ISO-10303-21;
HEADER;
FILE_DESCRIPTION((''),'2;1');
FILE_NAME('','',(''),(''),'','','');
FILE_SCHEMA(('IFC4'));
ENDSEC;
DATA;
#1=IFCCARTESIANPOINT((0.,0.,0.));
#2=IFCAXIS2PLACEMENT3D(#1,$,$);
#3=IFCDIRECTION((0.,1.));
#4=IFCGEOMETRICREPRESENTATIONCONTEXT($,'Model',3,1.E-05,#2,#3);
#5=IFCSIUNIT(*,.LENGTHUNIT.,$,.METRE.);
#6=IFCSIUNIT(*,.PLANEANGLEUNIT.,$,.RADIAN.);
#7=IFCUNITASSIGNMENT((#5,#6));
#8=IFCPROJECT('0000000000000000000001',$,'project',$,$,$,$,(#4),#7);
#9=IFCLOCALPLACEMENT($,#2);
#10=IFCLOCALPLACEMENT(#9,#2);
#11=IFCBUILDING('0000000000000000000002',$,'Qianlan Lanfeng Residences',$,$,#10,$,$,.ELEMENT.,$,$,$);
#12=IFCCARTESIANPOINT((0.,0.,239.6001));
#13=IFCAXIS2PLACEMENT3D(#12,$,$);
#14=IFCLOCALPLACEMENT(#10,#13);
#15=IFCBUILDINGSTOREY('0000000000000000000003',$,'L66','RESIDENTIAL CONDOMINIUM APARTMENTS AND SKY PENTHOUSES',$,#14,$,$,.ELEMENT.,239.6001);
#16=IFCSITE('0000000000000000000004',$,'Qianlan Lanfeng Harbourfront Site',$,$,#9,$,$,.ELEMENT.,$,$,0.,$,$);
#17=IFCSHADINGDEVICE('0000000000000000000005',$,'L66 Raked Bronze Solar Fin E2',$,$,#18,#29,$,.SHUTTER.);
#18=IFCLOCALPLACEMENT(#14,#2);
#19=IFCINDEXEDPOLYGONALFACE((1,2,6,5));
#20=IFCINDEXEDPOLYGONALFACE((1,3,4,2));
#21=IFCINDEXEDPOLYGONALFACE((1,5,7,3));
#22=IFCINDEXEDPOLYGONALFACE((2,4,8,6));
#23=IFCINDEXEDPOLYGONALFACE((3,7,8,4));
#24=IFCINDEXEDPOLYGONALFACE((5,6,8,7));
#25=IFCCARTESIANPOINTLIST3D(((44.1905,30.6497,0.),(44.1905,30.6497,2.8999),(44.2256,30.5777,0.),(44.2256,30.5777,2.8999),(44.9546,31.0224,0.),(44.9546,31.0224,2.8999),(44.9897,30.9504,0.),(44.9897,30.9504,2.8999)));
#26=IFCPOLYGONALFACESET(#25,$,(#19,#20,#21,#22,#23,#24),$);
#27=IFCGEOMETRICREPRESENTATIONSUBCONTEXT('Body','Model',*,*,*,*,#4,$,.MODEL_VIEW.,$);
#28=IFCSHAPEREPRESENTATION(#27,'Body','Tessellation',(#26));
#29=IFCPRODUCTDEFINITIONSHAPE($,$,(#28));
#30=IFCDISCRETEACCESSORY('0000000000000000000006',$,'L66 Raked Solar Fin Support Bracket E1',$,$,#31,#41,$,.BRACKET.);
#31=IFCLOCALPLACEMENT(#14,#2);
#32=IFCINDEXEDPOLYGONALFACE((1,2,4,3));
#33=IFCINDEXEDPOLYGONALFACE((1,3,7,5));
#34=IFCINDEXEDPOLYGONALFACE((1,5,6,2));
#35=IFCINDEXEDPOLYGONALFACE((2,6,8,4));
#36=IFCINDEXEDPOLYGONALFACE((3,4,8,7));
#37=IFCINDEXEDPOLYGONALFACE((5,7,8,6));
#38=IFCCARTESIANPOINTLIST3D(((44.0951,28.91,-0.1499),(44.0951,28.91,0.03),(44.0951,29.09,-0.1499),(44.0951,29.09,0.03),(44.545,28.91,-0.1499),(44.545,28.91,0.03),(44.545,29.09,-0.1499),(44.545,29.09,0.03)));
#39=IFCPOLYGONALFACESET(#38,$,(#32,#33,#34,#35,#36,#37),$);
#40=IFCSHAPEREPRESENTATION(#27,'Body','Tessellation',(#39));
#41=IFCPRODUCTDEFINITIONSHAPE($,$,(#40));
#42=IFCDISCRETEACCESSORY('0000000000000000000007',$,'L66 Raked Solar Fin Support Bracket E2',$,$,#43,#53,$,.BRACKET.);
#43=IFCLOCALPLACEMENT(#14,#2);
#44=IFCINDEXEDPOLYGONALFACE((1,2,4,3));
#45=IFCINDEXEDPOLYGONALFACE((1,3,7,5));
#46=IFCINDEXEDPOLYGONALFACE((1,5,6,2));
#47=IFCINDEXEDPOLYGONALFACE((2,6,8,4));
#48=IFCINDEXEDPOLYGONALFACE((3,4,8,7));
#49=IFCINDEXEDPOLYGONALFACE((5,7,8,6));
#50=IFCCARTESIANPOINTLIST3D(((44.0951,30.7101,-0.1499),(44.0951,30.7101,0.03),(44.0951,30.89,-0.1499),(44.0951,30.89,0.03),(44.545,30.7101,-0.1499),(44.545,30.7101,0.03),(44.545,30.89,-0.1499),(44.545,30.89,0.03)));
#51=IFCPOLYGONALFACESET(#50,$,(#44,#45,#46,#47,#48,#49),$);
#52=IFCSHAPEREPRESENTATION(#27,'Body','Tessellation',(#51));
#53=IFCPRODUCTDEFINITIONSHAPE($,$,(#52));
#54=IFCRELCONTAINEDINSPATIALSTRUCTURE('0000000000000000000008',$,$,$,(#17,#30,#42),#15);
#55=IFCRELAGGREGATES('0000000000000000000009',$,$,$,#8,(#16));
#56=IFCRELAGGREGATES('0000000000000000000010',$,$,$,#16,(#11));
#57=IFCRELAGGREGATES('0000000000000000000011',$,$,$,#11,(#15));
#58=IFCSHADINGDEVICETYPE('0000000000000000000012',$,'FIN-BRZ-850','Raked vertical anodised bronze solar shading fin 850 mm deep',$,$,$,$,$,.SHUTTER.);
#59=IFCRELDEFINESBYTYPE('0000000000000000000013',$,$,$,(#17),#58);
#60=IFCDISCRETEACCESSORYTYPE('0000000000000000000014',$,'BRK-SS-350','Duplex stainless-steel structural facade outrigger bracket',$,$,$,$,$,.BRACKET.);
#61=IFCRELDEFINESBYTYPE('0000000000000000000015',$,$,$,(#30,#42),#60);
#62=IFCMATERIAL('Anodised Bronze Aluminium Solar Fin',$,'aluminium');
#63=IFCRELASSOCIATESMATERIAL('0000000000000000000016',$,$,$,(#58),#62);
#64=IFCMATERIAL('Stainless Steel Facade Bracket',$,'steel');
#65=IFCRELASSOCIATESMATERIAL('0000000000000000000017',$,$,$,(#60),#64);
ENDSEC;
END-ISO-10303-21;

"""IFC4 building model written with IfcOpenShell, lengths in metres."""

from ifc_helpers import new_model, si_unit, direction, frame, origin, origin_2d, place, context, subcontext, project, spatial, rectangle, extrude, source, transform, mapped, material, type_object, element, save


model = new_model("IFC4")

# Units and contexts
model_context = context("Model", 3, precision=1e-05, world=origin(), true_north=direction((0.0, 1.0)))
body_context = subcontext(model_context, "Body", "Model", "MODEL_VIEW")
ifc_project = project(units=[si_unit("LENGTHUNIT", "METRE"), si_unit("PLANEANGLEUNIT", "RADIAN")], contexts=[model_context])

# Site, building, storey
site_placement = place(None, origin())
site = spatial("IfcSite", under=ifc_project, at=site_placement, Name="Qianlan Lanfeng Harbourfront Site", CompositionType="ELEMENT", RefElevation=0.0)
building_placement = place(site_placement, origin())
building = spatial("IfcBuilding", under=site, at=building_placement, Name="Qianlan Lanfeng Residences", CompositionType="ELEMENT")
storey_placement = place(building_placement, frame((0.0, 0.0, 239.6001)))
storey = spatial("IfcBuildingStorey", under=building, at=storey_placement, Name="L66", Description="RESIDENTIAL CONDOMINIUM APARTMENTS AND SKY PENTHOUSES", CompositionType="ELEMENT", Elevation=239.6001)

# Shading device
ifc_material_1 = material(Name="Anodised Bronze Aluminium Solar Fin", Category="aluminium")
shading_device_type = type_object("IfcShadingDeviceType", Name="FIN-BRZ-850", Description="Raked vertical anodised bronze solar shading fin 850 mm deep", PredefinedType="SHUTTER", material=ifc_material_1)
shared_shape_1 = source(origin(), body_context, "Body", "SweptSolid", [
    extrude(rectangle(XDim=0.8501, YDim=0.0801, at=origin_2d()), origin(), (0.0, 0.0, 1.0), 2.8999),
])
for number, where, z_axis, x_axis, name in (
    (1, (44.5901, 30.8, 0.0), (0.0, 0.0, 1.0), (0.898794, 0.438371, 0.0), "L66 Raked Bronze Solar Fin E2"),
):
    element("IfcShadingDevice", number, at=place(storey_placement, frame(where, z_axis=z_axis, x_axis=x_axis)), inside=storey, type_object=shading_device_type, Name=name, PredefinedType="SHUTTER", context=body_context, shape_type="MappedRepresentation", body=[
        mapped(shared_shape_1, transform((0.0, 0.0, 0.0), scale=1.0)),
    ])

# Discrete accessories
ifc_material_2 = material(Name="Stainless Steel Facade Bracket", Category="steel")
discrete_accessory_type = type_object("IfcDiscreteAccessoryType", Name="BRK-SS-350", Description="Duplex stainless-steel structural facade outrigger bracket", PredefinedType="BRACKET", material=ifc_material_2)
shared_shape_2 = source(origin(), body_context, "Body", "SweptSolid", [
    extrude(rectangle(XDim=0.45, YDim=0.1799, at=origin_2d()), origin(), (0.0, 0.0, 1.0), 0.1799),
])
for number, where, z_axis, x_axis, name in (
    (2, (44.3201, 29.0, -0.1499), (0.0, 0.0, 1.0), (1.0, 0.0, 0.0), "L66 Raked Solar Fin Support Bracket E1"),
    (3, (44.3201, 30.8, -0.1499), (0.0, 0.0, 1.0), (1.0, 0.0, 0.0), "L66 Raked Solar Fin Support Bracket E2"),
):
    element("IfcDiscreteAccessory", number, at=place(storey_placement, frame(where, z_axis=z_axis, x_axis=x_axis)), inside=storey, type_object=discrete_accessory_type, Name=name, PredefinedType="BRACKET", context=body_context, shape_type="MappedRepresentation", body=[
        mapped(shared_shape_2, transform((0.0, 0.0, 0.0), scale=1.0)),
    ])

save(model, "model.ifc")
